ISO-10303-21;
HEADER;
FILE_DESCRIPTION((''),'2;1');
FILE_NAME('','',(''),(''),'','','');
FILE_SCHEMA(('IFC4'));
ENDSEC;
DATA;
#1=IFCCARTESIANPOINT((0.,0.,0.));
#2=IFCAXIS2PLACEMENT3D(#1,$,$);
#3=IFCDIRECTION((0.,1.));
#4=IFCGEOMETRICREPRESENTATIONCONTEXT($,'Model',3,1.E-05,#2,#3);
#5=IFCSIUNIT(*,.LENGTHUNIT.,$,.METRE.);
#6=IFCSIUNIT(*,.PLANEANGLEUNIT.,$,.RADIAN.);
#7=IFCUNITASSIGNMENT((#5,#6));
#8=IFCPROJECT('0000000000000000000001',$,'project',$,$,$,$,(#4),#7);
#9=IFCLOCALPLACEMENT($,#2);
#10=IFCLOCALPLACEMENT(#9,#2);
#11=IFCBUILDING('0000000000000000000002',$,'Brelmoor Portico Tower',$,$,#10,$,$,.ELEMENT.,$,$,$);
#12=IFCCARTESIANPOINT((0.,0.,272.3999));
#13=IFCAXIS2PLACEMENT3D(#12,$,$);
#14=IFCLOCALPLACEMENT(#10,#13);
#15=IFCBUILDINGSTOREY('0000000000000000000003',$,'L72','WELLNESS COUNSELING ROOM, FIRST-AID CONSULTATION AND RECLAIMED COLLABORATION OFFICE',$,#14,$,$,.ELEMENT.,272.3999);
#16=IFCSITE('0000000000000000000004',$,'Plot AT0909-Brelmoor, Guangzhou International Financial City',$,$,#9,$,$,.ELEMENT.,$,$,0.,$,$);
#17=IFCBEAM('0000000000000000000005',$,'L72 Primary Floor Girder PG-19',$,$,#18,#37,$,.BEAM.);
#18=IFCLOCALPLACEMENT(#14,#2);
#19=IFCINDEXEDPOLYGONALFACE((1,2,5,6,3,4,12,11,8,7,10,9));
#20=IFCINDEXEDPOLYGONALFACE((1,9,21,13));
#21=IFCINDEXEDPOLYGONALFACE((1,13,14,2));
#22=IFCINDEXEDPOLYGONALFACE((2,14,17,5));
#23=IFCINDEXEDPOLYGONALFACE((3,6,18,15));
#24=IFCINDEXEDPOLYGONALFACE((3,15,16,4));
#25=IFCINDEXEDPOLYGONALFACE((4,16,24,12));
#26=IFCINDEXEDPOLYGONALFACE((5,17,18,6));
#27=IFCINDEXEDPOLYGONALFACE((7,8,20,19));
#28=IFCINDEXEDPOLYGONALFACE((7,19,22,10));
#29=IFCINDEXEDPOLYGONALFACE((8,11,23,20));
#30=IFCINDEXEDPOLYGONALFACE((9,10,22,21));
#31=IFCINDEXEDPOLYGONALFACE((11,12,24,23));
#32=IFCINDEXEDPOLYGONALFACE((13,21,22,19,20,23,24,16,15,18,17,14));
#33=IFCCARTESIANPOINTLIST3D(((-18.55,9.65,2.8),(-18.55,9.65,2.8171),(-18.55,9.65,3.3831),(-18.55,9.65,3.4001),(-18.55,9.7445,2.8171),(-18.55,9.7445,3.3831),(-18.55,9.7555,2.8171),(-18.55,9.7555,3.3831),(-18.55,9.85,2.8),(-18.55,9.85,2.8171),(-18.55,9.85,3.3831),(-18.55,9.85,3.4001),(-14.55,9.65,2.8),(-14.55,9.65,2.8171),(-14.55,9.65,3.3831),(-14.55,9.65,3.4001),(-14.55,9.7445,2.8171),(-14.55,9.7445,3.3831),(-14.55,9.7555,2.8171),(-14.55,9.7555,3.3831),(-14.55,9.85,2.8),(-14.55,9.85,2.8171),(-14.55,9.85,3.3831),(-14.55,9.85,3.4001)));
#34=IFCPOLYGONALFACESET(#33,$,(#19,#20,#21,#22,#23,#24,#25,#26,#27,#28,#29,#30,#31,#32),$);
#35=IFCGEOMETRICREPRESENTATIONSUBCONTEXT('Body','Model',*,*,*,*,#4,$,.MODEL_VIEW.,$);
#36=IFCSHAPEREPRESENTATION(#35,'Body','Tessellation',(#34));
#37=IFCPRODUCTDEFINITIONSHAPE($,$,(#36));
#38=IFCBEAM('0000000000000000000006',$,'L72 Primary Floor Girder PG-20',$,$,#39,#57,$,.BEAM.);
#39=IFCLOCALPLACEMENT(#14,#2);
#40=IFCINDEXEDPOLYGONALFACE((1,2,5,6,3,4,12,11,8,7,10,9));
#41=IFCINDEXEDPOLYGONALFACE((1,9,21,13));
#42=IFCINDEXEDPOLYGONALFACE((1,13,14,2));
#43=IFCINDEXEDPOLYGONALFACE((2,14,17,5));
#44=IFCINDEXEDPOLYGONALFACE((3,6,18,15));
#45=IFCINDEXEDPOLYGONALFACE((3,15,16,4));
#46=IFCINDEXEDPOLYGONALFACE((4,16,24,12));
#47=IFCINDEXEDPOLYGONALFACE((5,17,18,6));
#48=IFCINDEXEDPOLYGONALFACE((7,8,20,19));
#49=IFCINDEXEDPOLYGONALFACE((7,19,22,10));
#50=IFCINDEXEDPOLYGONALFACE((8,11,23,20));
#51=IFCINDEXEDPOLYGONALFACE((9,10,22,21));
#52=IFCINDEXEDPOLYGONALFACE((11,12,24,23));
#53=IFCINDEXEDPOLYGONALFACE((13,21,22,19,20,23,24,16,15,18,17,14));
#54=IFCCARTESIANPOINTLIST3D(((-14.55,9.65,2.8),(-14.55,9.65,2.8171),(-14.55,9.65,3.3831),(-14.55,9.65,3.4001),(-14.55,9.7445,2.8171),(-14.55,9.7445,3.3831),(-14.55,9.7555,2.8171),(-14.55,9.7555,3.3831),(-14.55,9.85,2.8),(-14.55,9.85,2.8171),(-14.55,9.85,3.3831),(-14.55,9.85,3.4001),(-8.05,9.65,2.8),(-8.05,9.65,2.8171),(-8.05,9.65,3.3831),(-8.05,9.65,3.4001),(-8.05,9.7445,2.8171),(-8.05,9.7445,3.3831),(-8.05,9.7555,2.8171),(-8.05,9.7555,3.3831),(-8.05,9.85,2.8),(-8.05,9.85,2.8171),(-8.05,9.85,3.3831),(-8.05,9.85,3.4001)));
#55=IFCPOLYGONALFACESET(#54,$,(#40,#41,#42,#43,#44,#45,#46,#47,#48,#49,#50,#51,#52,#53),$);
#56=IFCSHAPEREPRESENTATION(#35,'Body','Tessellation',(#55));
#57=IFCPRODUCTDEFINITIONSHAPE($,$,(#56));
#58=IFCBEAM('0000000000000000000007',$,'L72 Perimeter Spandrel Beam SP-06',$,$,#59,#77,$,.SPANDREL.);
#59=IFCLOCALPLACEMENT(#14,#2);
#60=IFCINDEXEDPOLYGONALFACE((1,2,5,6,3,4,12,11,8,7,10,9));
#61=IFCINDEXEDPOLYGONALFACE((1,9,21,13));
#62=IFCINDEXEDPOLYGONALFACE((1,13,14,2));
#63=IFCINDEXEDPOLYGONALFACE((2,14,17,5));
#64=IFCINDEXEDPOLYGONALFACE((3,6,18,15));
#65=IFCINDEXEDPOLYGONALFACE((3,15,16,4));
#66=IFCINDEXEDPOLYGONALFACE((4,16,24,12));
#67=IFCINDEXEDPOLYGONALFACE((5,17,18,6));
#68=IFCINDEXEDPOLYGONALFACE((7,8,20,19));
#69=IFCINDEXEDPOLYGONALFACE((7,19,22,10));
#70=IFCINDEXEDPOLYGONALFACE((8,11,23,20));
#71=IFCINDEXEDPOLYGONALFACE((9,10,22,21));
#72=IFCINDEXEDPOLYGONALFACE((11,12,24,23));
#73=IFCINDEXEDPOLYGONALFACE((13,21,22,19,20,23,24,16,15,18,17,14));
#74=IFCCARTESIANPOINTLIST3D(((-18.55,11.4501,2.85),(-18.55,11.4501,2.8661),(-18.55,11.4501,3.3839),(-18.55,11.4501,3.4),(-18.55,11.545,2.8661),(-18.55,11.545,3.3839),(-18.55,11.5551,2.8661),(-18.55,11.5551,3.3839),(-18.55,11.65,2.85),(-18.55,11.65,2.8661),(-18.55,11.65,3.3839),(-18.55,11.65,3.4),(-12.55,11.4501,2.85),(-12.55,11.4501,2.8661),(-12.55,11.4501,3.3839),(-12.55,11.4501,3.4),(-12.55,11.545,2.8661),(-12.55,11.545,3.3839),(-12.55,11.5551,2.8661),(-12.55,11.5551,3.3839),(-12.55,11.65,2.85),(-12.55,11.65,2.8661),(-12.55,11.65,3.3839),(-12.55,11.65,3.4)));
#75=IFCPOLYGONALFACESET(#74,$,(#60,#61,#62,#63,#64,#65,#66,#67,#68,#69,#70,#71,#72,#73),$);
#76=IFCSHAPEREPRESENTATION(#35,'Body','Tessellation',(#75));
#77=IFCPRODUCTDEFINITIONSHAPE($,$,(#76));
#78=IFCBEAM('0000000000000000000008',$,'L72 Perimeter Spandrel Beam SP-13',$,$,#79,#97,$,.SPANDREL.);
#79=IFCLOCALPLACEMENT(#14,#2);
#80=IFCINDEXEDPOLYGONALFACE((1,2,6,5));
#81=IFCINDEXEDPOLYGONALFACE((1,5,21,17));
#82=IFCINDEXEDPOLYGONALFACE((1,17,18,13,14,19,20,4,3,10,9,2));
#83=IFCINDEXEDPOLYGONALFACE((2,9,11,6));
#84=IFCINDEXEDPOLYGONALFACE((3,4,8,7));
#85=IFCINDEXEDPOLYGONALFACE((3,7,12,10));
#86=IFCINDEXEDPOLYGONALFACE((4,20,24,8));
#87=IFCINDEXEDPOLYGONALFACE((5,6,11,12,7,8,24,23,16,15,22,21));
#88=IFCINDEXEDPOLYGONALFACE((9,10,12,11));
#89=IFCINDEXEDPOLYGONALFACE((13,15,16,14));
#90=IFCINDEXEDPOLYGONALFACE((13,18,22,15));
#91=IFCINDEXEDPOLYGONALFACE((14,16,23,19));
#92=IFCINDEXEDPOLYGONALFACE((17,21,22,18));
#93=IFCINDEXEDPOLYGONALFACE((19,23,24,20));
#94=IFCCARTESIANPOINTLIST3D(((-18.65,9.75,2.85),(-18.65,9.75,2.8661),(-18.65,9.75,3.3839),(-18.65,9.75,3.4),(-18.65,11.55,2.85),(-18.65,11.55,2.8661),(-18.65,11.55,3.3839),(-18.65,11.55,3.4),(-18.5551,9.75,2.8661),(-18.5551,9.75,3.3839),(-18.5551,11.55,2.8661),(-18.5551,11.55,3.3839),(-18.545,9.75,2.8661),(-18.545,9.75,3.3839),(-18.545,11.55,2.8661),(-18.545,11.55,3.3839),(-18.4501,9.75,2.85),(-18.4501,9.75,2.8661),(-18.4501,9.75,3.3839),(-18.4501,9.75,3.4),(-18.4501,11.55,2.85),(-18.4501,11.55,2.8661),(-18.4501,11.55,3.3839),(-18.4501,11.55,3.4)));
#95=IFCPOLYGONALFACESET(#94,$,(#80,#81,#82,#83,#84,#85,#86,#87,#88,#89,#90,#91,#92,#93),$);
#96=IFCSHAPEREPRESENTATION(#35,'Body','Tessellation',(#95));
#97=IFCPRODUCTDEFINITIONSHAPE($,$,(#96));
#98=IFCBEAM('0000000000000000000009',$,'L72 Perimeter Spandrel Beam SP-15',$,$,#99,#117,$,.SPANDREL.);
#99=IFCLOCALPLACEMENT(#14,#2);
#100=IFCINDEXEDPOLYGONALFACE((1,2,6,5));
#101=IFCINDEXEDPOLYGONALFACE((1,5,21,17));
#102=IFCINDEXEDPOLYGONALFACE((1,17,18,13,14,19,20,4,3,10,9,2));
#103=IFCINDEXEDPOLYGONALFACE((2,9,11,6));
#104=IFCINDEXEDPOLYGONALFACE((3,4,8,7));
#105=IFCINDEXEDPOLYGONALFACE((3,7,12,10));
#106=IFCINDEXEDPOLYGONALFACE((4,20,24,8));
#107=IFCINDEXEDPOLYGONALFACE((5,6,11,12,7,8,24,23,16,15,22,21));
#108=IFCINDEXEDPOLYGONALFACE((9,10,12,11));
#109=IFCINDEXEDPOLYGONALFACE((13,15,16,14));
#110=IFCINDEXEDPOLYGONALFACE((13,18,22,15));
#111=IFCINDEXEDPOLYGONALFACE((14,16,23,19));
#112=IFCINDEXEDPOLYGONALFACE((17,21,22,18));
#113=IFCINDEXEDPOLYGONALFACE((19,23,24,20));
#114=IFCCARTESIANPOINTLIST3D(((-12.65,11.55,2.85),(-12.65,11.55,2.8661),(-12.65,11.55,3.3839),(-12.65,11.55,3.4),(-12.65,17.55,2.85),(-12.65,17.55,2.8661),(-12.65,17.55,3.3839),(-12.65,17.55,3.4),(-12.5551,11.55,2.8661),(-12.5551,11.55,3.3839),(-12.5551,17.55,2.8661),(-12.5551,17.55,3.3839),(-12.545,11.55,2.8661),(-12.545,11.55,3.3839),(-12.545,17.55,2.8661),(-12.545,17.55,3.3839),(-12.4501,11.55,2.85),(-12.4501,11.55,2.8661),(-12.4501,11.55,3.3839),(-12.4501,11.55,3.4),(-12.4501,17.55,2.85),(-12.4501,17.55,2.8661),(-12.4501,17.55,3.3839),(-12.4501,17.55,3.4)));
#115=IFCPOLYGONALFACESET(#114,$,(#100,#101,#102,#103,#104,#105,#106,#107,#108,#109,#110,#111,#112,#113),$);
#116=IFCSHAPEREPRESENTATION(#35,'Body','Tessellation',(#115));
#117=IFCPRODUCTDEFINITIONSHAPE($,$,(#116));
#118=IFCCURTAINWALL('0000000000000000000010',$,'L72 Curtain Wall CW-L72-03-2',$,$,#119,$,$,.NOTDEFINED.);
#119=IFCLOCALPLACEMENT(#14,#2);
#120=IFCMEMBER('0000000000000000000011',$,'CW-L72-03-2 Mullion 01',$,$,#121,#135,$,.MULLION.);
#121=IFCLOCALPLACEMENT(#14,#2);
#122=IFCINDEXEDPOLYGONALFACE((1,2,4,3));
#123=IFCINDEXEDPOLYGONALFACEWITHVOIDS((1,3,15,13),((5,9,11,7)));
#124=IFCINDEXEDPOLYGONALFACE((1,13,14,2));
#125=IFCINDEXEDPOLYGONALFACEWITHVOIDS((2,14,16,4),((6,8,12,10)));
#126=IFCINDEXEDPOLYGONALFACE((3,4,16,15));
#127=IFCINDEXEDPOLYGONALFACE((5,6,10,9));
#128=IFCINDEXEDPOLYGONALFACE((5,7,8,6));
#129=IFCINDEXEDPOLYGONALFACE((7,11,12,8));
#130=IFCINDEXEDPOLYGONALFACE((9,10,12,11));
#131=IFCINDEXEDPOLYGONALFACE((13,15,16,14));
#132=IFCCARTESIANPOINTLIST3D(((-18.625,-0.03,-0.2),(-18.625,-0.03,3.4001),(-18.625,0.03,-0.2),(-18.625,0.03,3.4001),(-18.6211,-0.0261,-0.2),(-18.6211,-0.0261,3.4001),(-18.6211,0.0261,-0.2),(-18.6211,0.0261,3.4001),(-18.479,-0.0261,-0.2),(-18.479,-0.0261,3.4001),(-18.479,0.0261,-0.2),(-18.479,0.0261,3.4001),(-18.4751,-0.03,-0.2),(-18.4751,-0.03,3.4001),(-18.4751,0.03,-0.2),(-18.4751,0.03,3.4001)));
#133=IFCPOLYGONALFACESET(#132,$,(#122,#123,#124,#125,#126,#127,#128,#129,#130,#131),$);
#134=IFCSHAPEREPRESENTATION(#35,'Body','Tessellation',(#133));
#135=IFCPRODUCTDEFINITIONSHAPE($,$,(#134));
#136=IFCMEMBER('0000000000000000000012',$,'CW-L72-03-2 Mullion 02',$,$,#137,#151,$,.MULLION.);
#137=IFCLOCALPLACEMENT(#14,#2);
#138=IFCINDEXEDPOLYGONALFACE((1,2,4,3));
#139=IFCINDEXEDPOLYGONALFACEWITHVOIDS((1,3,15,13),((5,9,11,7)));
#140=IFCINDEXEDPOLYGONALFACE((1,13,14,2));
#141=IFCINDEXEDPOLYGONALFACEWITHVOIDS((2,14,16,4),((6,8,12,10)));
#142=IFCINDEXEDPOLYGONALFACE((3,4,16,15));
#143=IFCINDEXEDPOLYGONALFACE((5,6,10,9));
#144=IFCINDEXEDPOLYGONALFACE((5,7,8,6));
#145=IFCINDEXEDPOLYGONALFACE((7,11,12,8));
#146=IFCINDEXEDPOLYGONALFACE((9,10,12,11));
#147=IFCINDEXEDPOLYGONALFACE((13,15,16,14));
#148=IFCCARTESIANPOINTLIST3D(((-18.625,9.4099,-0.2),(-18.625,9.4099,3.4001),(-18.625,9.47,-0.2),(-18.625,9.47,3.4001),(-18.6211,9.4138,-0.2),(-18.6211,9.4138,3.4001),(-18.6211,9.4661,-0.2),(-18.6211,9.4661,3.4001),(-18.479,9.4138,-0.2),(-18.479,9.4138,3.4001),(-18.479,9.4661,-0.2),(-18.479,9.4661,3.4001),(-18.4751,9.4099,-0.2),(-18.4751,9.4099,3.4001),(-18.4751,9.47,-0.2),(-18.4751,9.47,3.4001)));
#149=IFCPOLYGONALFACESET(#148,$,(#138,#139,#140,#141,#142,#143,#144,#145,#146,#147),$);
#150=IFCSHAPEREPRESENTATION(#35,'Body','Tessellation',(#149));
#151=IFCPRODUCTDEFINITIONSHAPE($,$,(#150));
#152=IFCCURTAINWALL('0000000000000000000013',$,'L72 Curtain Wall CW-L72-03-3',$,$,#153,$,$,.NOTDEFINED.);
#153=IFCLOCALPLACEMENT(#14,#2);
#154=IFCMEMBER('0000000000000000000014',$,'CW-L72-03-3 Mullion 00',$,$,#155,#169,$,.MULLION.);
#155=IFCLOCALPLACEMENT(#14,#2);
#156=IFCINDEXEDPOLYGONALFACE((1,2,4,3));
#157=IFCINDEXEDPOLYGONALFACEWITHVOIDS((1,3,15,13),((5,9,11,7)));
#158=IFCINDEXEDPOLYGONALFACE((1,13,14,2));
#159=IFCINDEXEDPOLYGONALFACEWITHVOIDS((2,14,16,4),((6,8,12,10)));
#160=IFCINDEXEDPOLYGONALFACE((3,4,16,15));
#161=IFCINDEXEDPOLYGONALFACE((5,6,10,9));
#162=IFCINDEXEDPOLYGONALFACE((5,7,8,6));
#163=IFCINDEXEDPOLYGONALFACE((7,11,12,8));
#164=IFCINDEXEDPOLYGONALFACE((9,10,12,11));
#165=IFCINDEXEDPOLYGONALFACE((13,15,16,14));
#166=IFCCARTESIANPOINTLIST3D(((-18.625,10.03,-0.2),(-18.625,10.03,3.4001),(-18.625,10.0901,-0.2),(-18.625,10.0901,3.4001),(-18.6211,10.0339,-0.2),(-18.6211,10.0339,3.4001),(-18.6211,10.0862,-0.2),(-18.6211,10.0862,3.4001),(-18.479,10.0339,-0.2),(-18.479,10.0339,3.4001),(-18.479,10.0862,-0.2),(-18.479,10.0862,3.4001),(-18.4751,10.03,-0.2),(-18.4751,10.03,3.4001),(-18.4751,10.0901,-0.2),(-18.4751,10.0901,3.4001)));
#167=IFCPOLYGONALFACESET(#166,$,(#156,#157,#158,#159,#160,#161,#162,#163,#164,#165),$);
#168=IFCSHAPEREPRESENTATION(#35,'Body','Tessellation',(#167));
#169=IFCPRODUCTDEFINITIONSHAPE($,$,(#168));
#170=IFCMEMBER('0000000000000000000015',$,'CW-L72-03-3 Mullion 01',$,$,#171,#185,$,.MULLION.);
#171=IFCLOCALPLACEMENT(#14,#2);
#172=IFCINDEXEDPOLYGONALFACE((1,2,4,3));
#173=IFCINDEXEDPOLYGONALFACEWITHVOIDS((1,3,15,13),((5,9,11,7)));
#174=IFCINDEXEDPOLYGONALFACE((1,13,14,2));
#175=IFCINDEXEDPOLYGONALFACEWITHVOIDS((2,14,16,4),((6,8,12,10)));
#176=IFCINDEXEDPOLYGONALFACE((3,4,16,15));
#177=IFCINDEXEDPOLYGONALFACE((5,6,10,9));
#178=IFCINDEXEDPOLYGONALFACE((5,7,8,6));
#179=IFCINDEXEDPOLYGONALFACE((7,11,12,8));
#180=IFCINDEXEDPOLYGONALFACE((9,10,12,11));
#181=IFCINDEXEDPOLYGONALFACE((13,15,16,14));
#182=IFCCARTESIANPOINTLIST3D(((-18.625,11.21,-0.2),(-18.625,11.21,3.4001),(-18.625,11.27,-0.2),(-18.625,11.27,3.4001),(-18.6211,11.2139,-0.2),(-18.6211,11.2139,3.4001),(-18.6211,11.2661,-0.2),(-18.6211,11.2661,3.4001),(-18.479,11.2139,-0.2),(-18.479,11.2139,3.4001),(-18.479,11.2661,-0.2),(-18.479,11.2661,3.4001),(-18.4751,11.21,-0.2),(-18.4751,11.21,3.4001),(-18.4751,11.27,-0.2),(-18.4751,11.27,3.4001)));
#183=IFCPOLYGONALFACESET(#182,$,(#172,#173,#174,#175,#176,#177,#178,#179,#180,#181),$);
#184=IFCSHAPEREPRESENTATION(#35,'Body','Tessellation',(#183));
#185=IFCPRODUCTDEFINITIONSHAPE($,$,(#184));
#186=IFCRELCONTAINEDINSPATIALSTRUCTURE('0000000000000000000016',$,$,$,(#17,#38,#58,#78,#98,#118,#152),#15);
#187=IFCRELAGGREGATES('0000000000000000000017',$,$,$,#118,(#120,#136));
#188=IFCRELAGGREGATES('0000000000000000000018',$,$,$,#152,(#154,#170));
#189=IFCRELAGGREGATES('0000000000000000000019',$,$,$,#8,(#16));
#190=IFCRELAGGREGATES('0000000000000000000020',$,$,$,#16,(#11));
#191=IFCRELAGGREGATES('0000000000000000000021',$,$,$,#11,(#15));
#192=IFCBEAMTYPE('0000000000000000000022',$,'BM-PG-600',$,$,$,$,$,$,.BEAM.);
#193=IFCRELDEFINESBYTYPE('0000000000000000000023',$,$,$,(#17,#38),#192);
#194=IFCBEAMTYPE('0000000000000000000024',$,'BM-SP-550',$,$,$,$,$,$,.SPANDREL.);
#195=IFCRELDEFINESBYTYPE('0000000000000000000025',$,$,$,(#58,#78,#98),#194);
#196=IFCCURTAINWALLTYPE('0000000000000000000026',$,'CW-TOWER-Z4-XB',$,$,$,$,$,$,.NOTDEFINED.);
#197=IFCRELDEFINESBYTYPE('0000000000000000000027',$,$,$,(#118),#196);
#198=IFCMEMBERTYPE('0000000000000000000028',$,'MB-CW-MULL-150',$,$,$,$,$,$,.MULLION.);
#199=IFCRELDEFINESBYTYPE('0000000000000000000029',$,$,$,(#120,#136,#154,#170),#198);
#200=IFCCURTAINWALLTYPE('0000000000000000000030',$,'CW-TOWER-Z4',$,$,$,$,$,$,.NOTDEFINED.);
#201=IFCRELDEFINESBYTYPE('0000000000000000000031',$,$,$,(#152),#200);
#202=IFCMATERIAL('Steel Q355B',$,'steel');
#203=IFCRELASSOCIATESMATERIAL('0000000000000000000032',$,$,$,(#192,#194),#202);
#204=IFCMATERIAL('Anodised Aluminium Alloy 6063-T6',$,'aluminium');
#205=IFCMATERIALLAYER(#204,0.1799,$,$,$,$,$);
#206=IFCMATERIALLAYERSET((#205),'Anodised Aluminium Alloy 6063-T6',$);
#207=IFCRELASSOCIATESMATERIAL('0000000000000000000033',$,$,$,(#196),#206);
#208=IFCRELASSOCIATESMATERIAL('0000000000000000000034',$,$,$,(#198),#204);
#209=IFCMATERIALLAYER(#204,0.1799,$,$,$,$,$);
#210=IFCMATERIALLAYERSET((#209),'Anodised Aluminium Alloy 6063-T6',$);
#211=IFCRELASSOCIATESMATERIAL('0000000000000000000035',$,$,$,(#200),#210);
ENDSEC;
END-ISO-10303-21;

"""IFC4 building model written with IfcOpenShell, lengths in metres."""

from ifc_helpers import new_model, si_unit, direction, frame, origin, origin_2d, place, context, subcontext, project, spatial, hollow_rectangle, i_section, extrude, material, layer, layer_set, material_profile, profile_set, type_object, element, aggregate, save


model = new_model("IFC4")

# Units and contexts
model_context = context("Model", 3, precision=1e-05, world=origin(), true_north=direction((0.0, 1.0)))
body_context = subcontext(model_context, "Body", "Model", "MODEL_VIEW")
ifc_project = project(units=[si_unit("LENGTHUNIT", "METRE"), si_unit("PLANEANGLEUNIT", "RADIAN")], contexts=[model_context])

# Site, building, storey
site_placement = place(None, origin())
site = spatial("IfcSite", under=ifc_project, at=site_placement, Name="Plot AT0909-Brelmoor, Guangzhou International Financial City", CompositionType="ELEMENT", RefElevation=0.0)
building_placement = place(site_placement, origin())
building = spatial("IfcBuilding", under=site, at=building_placement, Name="Brelmoor Portico Tower", CompositionType="ELEMENT")
storey_placement = place(building_placement, frame((0.0, 0.0, 272.3999)))
storey = spatial("IfcBuildingStorey", under=building, at=storey_placement, Name="L72", Description="WELLNESS COUNSELING ROOM, FIRST-AID CONSULTATION AND RECLAIMED COLLABORATION OFFICE", CompositionType="ELEMENT", Elevation=272.3999)

# Shared definitions
ifc_material_1 = material(Name="Steel Q355B", Category="steel")

# Beams
ifc_material_profile_1 = material_profile(ifc_material_1, i_section(OverallWidth=0.2, OverallDepth=0.6001, WebThickness=0.011, FlangeThickness=0.0171, at=origin_2d()), Name="HN 600x200x11x17")
ifc_profile_set_1 = profile_set([ifc_material_profile_1], Name="Steel Q355B")
beam_type_1 = type_object("IfcBeamType", Name="BM-PG-600", PredefinedType="BEAM", material=ifc_profile_set_1)
beam_1_placement = place(storey_placement, frame((-18.55, 9.75, 3.1001), z_axis=(1.0, 0.0, 0.0), x_axis=(0.0, 1.0, 0.0)))
element("IfcBeam", 1, at=beam_1_placement, inside=storey, type_object=beam_type_1, Name="L72 Primary Floor Girder PG-19", PredefinedType="BEAM", context=body_context, shape_type="SweptSolid", body=[
    extrude(i_section(OverallWidth=0.2, OverallDepth=0.6001, WebThickness=0.011, FlangeThickness=0.0171, at=origin_2d()), origin(), (0.0, 0.0, 1.0), 4.0),
])
beam_2_placement = place(storey_placement, frame((-14.55, 9.75, 3.1001), z_axis=(1.0, 0.0, 0.0), x_axis=(0.0, 1.0, 0.0)))
element("IfcBeam", 2, at=beam_2_placement, inside=storey, type_object=beam_type_1, Name="L72 Primary Floor Girder PG-20", PredefinedType="BEAM", context=body_context, shape_type="SweptSolid", body=[
    extrude(i_section(OverallWidth=0.2, OverallDepth=0.6001, WebThickness=0.011, FlangeThickness=0.0171, at=origin_2d()), origin(), (0.0, 0.0, 1.0), 6.5),
])
ifc_material_profile_2 = material_profile(ifc_material_1, i_section(OverallWidth=0.2, OverallDepth=0.55, WebThickness=0.01, FlangeThickness=0.0161, at=origin_2d()), Name="HN 550x200x10x16")
ifc_profile_set_2 = profile_set([ifc_material_profile_2], Name="Steel Q355B")
beam_type_2 = type_object("IfcBeamType", Name="BM-SP-550", PredefinedType="SPANDREL", material=ifc_profile_set_2)
beam_3_placement = place(storey_placement, frame((-18.55, 11.55, 3.125), z_axis=(1.0, 0.0, 0.0), x_axis=(0.0, 1.0, 0.0)))
element("IfcBeam", 3, at=beam_3_placement, inside=storey, type_object=beam_type_2, Name="L72 Perimeter Spandrel Beam SP-06", PredefinedType="SPANDREL", context=body_context, shape_type="SweptSolid", body=[
    extrude(i_section(OverallWidth=0.2, OverallDepth=0.55, WebThickness=0.01, FlangeThickness=0.0161, at=origin_2d()), origin(), (0.0, 0.0, 1.0), 6.0),
])
beam_4_placement = place(storey_placement, frame((-18.55, 9.75, 3.125), z_axis=(0.0, 1.0, 0.0), x_axis=(-1.0, 0.0, 0.0)))
element("IfcBeam", 4, at=beam_4_placement, inside=storey, type_object=beam_type_2, Name="L72 Perimeter Spandrel Beam SP-13", PredefinedType="SPANDREL", context=body_context, shape_type="SweptSolid", body=[
    extrude(i_section(OverallWidth=0.2, OverallDepth=0.55, WebThickness=0.01, FlangeThickness=0.0161, at=origin_2d()), origin(), (0.0, 0.0, 1.0), 1.8),
])
beam_5_placement = place(storey_placement, frame((-12.55, 11.55, 3.125), z_axis=(0.0, 1.0, 0.0), x_axis=(-1.0, 0.0, 0.0)))
element("IfcBeam", 5, at=beam_5_placement, inside=storey, type_object=beam_type_2, Name="L72 Perimeter Spandrel Beam SP-15", PredefinedType="SPANDREL", context=body_context, shape_type="SweptSolid", body=[
    extrude(i_section(OverallWidth=0.2, OverallDepth=0.55, WebThickness=0.01, FlangeThickness=0.0161, at=origin_2d()), origin(), (0.0, 0.0, 1.0), 6.0),
])

# Curtain walls, members
ifc_material_2 = material(Name="Anodised Aluminium Alloy 6063-T6", Category="aluminium")
ifc_layer_1 = layer(ifc_material_2, 0.1799)
ifc_layer_set_1 = layer_set([ifc_layer_1], Name="Anodised Aluminium Alloy 6063-T6")
curtain_wall_type_1 = type_object("IfcCurtainWallType", Name="CW-TOWER-Z4-XB", PredefinedType="NOTDEFINED", material=ifc_layer_set_1)
curtain_wall_1_placement = place(storey_placement, origin())
curtain_wall_1 = element("IfcCurtainWall", 6, at=curtain_wall_1_placement, inside=storey, type_object=curtain_wall_type_1, Name="L72 Curtain Wall CW-L72-03-2", PredefinedType="NOTDEFINED")
ifc_material_profile_3 = material_profile(ifc_material_2, hollow_rectangle(XDim=0.0601, YDim=0.1499, WallThickness=0.0039, at=origin_2d()), Name="ALU MULLION 60x150")
ifc_profile_set_3 = profile_set([ifc_material_profile_3], Name="Anodised Aluminium Alloy 6063-T6")
member_type_1 = type_object("IfcMemberType", Name="MB-CW-MULL-150", PredefinedType="MULLION", material=ifc_profile_set_3)
member_1_placement = place(storey_placement, frame((-18.55, 0.0, -0.2), z_axis=(0.0, 0.0, 1.0), x_axis=(0.0, 1.0, 0.0)))
member_1 = element("IfcMember", 7, at=member_1_placement, type_object=member_type_1, Name="CW-L72-03-2 Mullion 01", PredefinedType="MULLION", context=body_context, shape_type="SweptSolid", body=[
    extrude(hollow_rectangle(XDim=0.0601, YDim=0.1499, WallThickness=0.0039, at=origin_2d()), origin(), (0.0, 0.0, 1.0), 3.6001),
])
member_2_placement = place(storey_placement, frame((-18.55, 9.4399, -0.2), z_axis=(0.0, 0.0, 1.0), x_axis=(0.0, 1.0, 0.0)))
member_2 = element("IfcMember", 8, at=member_2_placement, type_object=member_type_1, Name="CW-L72-03-2 Mullion 02", PredefinedType="MULLION", context=body_context, shape_type="SweptSolid", body=[
    extrude(hollow_rectangle(XDim=0.0601, YDim=0.1499, WallThickness=0.0039, at=origin_2d()), origin(), (0.0, 0.0, 1.0), 3.6001),
])
ifc_layer_2 = layer(ifc_material_2, 0.1799)
ifc_layer_set_2 = layer_set([ifc_layer_2], Name="Anodised Aluminium Alloy 6063-T6")
curtain_wall_type_2 = type_object("IfcCurtainWallType", Name="CW-TOWER-Z4", PredefinedType="NOTDEFINED", material=ifc_layer_set_2)
curtain_wall_2_placement = place(storey_placement, origin())
curtain_wall_2 = element("IfcCurtainWall", 9, at=curtain_wall_2_placement, inside=storey, type_object=curtain_wall_type_2, Name="L72 Curtain Wall CW-L72-03-3", PredefinedType="NOTDEFINED")
member_3_placement = place(storey_placement, frame((-18.55, 10.0601, -0.2), z_axis=(0.0, 0.0, 1.0), x_axis=(0.0, 1.0, 0.0)))
member_3 = element("IfcMember", 10, at=member_3_placement, type_object=member_type_1, Name="CW-L72-03-3 Mullion 00", PredefinedType="MULLION", context=body_context, shape_type="SweptSolid", body=[
    extrude(hollow_rectangle(XDim=0.0601, YDim=0.1499, WallThickness=0.0039, at=origin_2d()), origin(), (0.0, 0.0, 1.0), 3.6001),
])
member_4_placement = place(storey_placement, frame((-18.55, 11.24, -0.2), z_axis=(0.0, 0.0, 1.0), x_axis=(0.0, 1.0, 0.0)))
member_4 = element("IfcMember", 11, at=member_4_placement, type_object=member_type_1, Name="CW-L72-03-3 Mullion 01", PredefinedType="MULLION", context=body_context, shape_type="SweptSolid", body=[
    extrude(hollow_rectangle(XDim=0.0601, YDim=0.1499, WallThickness=0.0039, at=origin_2d()), origin(), (0.0, 0.0, 1.0), 3.6001),
])

aggregate(curtain_wall_1, [member_1, member_2])
aggregate(curtain_wall_2, [member_3, member_4])

save(model, "model.ifc")
